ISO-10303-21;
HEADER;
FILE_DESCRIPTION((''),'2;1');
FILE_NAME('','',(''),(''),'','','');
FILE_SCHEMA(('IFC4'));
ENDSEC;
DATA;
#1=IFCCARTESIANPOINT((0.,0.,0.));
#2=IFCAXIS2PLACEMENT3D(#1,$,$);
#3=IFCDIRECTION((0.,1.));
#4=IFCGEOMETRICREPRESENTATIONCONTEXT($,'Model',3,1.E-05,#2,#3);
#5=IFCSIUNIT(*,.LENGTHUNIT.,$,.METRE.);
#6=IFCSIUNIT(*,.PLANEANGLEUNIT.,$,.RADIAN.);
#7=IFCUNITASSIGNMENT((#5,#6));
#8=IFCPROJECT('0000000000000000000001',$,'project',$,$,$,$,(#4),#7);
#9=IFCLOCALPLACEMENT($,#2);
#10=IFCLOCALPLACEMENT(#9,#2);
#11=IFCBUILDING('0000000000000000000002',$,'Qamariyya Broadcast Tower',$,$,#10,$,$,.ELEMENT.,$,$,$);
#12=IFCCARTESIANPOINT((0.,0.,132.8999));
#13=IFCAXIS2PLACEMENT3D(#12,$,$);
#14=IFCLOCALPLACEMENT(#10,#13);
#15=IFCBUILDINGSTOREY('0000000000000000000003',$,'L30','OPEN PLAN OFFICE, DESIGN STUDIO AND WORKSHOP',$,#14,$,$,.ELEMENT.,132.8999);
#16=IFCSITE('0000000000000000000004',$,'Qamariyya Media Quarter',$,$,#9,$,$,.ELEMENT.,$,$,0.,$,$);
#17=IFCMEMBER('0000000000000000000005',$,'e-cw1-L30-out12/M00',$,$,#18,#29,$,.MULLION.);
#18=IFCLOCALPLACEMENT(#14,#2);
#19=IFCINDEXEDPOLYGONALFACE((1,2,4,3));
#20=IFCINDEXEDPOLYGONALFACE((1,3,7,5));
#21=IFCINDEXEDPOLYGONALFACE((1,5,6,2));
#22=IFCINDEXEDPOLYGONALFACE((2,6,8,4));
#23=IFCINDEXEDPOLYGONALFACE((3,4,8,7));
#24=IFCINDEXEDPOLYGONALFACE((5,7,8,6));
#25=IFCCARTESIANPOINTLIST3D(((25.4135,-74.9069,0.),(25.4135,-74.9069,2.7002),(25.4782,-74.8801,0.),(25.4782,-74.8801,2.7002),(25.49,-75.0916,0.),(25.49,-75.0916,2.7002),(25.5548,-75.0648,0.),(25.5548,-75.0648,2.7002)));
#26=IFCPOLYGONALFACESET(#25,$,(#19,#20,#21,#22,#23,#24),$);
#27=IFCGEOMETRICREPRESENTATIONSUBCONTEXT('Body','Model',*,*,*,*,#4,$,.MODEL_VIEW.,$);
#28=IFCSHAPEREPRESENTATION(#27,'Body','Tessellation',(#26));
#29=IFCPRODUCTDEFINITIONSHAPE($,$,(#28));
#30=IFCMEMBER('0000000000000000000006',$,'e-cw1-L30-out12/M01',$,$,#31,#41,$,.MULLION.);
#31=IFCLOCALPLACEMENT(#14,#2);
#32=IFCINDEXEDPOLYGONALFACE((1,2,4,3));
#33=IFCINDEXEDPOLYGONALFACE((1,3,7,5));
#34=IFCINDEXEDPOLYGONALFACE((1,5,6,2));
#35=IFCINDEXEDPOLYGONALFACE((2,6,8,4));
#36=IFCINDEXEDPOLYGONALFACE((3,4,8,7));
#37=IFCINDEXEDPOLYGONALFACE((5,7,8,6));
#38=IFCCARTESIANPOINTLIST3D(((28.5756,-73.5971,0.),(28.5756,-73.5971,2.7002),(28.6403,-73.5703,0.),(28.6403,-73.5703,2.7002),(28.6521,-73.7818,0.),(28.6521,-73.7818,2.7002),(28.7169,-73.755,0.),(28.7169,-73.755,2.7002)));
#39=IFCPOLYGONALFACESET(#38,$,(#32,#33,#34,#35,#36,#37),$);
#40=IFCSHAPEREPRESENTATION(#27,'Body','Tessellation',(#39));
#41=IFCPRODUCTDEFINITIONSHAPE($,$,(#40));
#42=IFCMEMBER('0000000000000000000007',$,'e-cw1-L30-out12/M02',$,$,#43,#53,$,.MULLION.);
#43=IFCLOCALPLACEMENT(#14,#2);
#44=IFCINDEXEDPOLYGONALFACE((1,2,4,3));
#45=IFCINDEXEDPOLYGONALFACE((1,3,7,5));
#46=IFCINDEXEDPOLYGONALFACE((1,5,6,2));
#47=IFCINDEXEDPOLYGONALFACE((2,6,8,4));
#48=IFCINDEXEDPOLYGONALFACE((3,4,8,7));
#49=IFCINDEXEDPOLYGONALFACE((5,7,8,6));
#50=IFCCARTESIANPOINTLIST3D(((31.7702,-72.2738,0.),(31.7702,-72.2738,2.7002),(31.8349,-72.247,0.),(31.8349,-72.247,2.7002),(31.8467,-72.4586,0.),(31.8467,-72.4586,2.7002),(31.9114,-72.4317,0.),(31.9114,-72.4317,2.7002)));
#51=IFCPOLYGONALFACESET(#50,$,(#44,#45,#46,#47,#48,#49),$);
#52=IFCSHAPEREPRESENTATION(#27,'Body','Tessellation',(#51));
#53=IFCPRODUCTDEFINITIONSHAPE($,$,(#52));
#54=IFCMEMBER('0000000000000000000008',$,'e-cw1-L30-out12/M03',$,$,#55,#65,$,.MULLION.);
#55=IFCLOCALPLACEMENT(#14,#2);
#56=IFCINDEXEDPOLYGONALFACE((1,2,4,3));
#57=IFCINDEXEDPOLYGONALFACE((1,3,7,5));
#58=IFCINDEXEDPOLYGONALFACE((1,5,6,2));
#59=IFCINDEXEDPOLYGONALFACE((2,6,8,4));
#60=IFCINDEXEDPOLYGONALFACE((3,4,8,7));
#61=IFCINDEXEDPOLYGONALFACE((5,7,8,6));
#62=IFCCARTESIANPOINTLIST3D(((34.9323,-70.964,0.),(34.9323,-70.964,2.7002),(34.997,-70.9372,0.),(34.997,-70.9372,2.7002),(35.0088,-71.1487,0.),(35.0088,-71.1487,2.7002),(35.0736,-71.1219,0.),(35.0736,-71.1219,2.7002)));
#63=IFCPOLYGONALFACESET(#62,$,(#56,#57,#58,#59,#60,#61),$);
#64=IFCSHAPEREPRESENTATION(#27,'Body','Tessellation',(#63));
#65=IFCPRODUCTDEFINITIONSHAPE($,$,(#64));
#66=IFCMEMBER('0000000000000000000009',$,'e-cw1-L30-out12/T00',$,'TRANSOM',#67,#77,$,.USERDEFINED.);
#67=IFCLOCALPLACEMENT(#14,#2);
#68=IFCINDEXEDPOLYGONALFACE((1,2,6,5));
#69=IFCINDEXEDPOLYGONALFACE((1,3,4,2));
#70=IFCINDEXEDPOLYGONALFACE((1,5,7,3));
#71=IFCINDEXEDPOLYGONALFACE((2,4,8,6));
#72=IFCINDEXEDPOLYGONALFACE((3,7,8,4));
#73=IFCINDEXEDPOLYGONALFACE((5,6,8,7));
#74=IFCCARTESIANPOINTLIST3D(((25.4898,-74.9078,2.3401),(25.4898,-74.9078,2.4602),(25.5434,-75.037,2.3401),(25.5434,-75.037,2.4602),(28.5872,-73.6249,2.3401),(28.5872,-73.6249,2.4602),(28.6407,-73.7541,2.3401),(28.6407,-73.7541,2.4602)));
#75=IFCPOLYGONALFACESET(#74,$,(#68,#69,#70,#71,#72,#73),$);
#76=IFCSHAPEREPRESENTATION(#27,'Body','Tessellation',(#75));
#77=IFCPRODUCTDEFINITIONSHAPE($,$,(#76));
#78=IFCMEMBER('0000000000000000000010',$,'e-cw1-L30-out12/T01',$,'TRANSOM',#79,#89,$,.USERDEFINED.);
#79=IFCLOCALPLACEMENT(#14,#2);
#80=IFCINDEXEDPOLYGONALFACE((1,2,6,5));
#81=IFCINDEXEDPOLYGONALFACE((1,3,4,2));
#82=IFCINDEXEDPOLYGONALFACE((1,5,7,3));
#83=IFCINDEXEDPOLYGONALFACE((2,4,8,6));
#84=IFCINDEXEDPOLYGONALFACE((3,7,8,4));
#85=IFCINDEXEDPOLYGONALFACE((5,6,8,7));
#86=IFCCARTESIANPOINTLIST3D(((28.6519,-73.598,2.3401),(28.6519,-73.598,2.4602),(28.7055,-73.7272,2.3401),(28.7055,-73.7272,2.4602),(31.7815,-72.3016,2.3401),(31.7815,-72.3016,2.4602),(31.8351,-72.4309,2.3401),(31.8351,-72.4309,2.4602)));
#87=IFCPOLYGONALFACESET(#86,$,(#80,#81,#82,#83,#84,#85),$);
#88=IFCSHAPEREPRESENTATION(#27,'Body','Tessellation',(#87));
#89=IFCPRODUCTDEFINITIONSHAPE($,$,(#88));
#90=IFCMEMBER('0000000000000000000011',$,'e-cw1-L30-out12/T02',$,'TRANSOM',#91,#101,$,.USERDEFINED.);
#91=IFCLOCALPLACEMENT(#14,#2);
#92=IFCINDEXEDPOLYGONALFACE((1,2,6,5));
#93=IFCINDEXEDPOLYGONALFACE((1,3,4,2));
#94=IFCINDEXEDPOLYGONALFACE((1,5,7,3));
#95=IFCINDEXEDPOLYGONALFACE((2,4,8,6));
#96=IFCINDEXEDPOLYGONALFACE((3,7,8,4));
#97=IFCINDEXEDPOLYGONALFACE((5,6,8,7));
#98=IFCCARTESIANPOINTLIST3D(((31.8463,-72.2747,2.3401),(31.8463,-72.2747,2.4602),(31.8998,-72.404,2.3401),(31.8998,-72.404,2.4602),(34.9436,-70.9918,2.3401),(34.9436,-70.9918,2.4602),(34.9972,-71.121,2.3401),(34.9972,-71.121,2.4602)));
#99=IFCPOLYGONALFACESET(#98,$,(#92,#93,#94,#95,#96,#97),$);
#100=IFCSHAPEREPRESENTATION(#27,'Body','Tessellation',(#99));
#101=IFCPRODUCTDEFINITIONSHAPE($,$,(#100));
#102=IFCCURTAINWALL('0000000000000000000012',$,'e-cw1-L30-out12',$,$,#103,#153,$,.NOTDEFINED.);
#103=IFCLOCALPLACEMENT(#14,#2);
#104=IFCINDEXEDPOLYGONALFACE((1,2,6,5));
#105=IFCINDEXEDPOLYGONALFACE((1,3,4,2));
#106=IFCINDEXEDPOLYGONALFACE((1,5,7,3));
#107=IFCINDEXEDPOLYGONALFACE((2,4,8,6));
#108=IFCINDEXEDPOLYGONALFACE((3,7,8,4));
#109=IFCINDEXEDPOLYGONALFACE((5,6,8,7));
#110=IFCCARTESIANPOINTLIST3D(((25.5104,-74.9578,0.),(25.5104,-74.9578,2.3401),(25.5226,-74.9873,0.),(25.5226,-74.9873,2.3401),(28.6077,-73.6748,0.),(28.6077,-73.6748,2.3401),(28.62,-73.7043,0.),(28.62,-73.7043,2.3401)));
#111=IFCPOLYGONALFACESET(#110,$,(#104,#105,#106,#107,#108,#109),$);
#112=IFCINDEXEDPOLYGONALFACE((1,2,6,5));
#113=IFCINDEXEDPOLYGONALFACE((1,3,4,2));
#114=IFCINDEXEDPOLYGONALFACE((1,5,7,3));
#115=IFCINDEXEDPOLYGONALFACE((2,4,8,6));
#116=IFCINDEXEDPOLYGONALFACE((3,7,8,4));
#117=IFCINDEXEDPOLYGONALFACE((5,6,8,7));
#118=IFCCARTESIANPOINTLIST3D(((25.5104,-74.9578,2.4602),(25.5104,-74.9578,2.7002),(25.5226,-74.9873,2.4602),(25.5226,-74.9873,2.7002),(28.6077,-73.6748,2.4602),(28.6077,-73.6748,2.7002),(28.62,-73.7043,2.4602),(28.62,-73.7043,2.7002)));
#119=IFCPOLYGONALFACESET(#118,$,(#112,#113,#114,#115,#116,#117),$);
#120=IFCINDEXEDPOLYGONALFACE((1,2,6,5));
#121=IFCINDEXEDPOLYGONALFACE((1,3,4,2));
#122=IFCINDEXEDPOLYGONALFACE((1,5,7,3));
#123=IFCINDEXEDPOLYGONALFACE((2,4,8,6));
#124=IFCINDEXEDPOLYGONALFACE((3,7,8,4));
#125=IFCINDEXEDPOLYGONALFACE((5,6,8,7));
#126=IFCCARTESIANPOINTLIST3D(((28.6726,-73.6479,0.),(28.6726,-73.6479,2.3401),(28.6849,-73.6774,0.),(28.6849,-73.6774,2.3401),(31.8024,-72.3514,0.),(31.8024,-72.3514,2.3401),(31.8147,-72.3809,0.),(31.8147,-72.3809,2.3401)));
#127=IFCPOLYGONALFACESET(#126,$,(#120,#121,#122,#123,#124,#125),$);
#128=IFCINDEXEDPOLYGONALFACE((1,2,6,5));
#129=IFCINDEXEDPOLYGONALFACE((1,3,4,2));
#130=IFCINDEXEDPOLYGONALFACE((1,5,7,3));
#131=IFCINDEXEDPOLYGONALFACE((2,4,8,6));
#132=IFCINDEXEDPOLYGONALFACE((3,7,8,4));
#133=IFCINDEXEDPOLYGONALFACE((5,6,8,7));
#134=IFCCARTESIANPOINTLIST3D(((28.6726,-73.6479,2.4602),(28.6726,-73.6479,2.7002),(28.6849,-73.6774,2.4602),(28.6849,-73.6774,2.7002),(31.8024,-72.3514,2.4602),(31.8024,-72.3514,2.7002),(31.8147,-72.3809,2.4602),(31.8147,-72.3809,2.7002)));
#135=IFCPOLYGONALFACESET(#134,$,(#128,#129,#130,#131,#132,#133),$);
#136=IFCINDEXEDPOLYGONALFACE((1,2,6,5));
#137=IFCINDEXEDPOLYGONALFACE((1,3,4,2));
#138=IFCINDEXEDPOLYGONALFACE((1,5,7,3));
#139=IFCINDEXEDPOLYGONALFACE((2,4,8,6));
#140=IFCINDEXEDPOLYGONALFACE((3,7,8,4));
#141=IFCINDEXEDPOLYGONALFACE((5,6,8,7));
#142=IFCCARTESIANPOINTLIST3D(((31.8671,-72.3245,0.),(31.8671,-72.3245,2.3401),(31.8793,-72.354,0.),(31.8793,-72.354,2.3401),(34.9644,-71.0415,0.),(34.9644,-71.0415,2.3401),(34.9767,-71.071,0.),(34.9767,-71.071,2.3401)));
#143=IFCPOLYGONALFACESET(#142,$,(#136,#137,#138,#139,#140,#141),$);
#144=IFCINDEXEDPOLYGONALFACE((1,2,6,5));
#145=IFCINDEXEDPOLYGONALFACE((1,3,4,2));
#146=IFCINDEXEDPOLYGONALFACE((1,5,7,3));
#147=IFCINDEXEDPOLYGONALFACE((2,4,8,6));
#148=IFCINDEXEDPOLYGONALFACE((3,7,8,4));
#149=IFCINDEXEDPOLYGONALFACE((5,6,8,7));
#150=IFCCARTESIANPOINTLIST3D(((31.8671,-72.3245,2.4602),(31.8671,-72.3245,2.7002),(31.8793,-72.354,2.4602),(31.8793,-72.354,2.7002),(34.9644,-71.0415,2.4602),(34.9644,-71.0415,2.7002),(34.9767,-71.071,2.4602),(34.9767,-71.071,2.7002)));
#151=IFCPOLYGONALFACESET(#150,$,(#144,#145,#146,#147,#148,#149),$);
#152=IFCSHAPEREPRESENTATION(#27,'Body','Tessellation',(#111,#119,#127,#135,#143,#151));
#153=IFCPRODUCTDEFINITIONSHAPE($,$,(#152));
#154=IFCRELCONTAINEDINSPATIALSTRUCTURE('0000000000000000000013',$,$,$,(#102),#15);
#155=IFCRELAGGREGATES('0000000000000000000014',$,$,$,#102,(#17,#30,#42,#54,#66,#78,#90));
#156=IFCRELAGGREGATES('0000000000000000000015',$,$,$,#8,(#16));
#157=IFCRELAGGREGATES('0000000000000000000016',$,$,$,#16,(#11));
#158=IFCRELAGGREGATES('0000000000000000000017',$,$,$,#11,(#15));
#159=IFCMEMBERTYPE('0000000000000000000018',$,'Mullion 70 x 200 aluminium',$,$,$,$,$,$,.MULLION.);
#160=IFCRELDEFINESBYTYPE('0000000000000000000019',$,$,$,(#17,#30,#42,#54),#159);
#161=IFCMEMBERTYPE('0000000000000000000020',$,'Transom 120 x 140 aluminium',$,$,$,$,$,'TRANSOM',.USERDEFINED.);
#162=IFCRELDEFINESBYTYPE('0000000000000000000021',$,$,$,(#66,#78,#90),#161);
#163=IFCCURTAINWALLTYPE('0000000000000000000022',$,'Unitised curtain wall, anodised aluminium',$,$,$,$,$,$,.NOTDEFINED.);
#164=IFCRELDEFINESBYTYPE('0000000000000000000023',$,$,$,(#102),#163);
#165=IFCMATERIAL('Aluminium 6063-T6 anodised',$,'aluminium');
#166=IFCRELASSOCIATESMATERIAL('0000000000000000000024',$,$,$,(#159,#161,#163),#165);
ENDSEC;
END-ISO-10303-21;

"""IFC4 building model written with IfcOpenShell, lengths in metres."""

from ifc_helpers import new_model, si_unit, direction, frame, origin, origin_2d, place, context, subcontext, project, spatial, rectangle, extrude, material, material_profile, profile_set, type_object, element, aggregate, save


model = new_model("IFC4")

# Units and contexts
model_context = context("Model", 3, precision=1e-05, world=origin(), true_north=direction((0.0, 1.0)))
body_context = subcontext(model_context, "Body", "Model", "MODEL_VIEW")
ifc_project = project(units=[si_unit("LENGTHUNIT", "METRE"), si_unit("PLANEANGLEUNIT", "RADIAN")], contexts=[model_context])

# Members
ifc_material = material(Name="Aluminium 6063-T6 anodised", Category="aluminium")
ifc_material_profile_1 = material_profile(ifc_material, rectangle(XDim=0.2, YDim=0.0701, at=origin_2d()))
ifc_profile_set_1 = profile_set([ifc_material_profile_1], Name="Aluminium 6063-T6 anodised")
member_type_1 = type_object("IfcMemberType", Name="Mullion 70 x 200 aluminium", PredefinedType="MULLION", material=ifc_profile_set_1)
site_placement = place(None, origin())
building_placement = place(site_placement, origin())
storey_placement = place(building_placement, frame((0.0, 0.0, 132.8999)))
member_1_placement = place(storey_placement, frame((25.4841, -74.9858, 0.0), z_axis=(0.0, 0.0, 1.0), x_axis=(-0.382683, 0.92388, 0.0)))
member_1 = element("IfcMember", 1, at=member_1_placement, type_object=member_type_1, Name="e-cw1-L30-out12/M00", PredefinedType="MULLION", context=body_context, shape_type="SweptSolid", body=[
    extrude(rectangle(XDim=0.2, YDim=0.0701, at=origin_2d()), origin(), (0.0, 0.0, 1.0), 2.7002),
])
member_2_placement = place(storey_placement, frame((28.6462, -73.676, 0.0), z_axis=(0.0, 0.0, 1.0), x_axis=(-0.382683, 0.92388, 0.0)))
member_2 = element("IfcMember", 2, at=member_2_placement, type_object=member_type_1, Name="e-cw1-L30-out12/M01", PredefinedType="MULLION", context=body_context, shape_type="SweptSolid", body=[
    extrude(rectangle(XDim=0.2, YDim=0.0701, at=origin_2d()), origin(), (0.0, 0.0, 1.0), 2.7002),
])
member_3_placement = place(storey_placement, frame((31.8408, -72.3528, 0.0), z_axis=(0.0, 0.0, 1.0), x_axis=(-0.382683, 0.92388, 0.0)))
member_3 = element("IfcMember", 3, at=member_3_placement, type_object=member_type_1, Name="e-cw1-L30-out12/M02", PredefinedType="MULLION", context=body_context, shape_type="SweptSolid", body=[
    extrude(rectangle(XDim=0.2, YDim=0.0701, at=origin_2d()), origin(), (0.0, 0.0, 1.0), 2.7002),
])
member_4_placement = place(storey_placement, frame((35.0029, -71.043, 0.0), z_axis=(0.0, 0.0, 1.0), x_axis=(-0.382683, 0.92388, 0.0)))
member_4 = element("IfcMember", 4, at=member_4_placement, type_object=member_type_1, Name="e-cw1-L30-out12/M03", PredefinedType="MULLION", context=body_context, shape_type="SweptSolid", body=[
    extrude(rectangle(XDim=0.2, YDim=0.0701, at=origin_2d()), origin(), (0.0, 0.0, 1.0), 2.7002),
])
ifc_material_profile_2 = material_profile(ifc_material, rectangle(XDim=0.1399, YDim=0.1201, at=origin_2d()))
ifc_profile_set_2 = profile_set([ifc_material_profile_2], Name="Aluminium 6063-T6 anodised")
member_type_2 = type_object("IfcMemberType", Name="Transom 120 x 140 aluminium", ElementType="TRANSOM", PredefinedType="USERDEFINED", material=ifc_profile_set_2)
member_5_placement = place(storey_placement, frame((25.5166, -74.9724, 2.4001), z_axis=(0.923883, 0.382676, 0.0), x_axis=(-0.382676, 0.923883, 0.0)))
member_5 = element("IfcMember", 5, at=member_5_placement, type_object=member_type_2, Name="e-cw1-L30-out12/T00", ObjectType="TRANSOM", PredefinedType="USERDEFINED", context=body_context, shape_type="SweptSolid", body=[
    extrude(rectangle(XDim=0.1399, YDim=0.1201, at=origin_2d()), origin(), (0.0, 0.0, 1.0), 3.3525),
])
member_6_placement = place(storey_placement, frame((28.6787, -73.6626, 2.4001), z_axis=(0.923875, 0.382696, 0.0), x_axis=(-0.382696, 0.923875, 0.0)))
member_6 = element("IfcMember", 6, at=member_6_placement, type_object=member_type_2, Name="e-cw1-L30-out12/T01", ObjectType="TRANSOM", PredefinedType="USERDEFINED", context=body_context, shape_type="SweptSolid", body=[
    extrude(rectangle(XDim=0.1399, YDim=0.1201, at=origin_2d()), origin(), (0.0, 0.0, 1.0), 3.3875),
])
member_7_placement = place(storey_placement, frame((31.873, -72.3394, 2.4001), z_axis=(0.923883, 0.382676, 0.0), x_axis=(-0.382676, 0.923883, 0.0)))
member_7 = element("IfcMember", 7, at=member_7_placement, type_object=member_type_2, Name="e-cw1-L30-out12/T02", ObjectType="TRANSOM", PredefinedType="USERDEFINED", context=body_context, shape_type="SweptSolid", body=[
    extrude(rectangle(XDim=0.1399, YDim=0.1201, at=origin_2d()), origin(), (0.0, 0.0, 1.0), 3.3525),
])

# Site, building, storey
site = spatial("IfcSite", under=ifc_project, at=site_placement, Name="Qamariyya Media Quarter", CompositionType="ELEMENT", RefElevation=0.0)
building = spatial("IfcBuilding", under=site, at=building_placement, Name="Qamariyya Broadcast Tower", CompositionType="ELEMENT")
storey = spatial("IfcBuildingStorey", under=building, at=storey_placement, Name="L30", Description="OPEN PLAN OFFICE, DESIGN STUDIO AND WORKSHOP", CompositionType="ELEMENT", Elevation=132.8999)

# Curtain wall
curtain_wall_type = type_object("IfcCurtainWallType", Name="Unitised curtain wall, anodised aluminium", PredefinedType="NOTDEFINED", material=ifc_material)
curtain_wall_1_placement = place(storey_placement, origin())
curtain_wall_1 = element("IfcCurtainWall", 8, at=curtain_wall_1_placement, inside=storey, type_object=curtain_wall_type, Name="e-cw1-L30-out12", PredefinedType="NOTDEFINED", context=body_context, shape_type="SweptSolid", body=[
    extrude(rectangle(XDim=3.3525, YDim=0.032, at=origin_2d()), frame((27.0652, -74.3311, 0.0), x_axis=(0.923872, 0.382701, 0.0)), (0.0, 0.0, 1.0), 2.3401),
    extrude(rectangle(XDim=3.3525, YDim=0.032, at=origin_2d()), frame((27.0652, -74.3311, 2.4602), x_axis=(0.923872, 0.382701, 0.0)), (0.0, 0.0, 1.0), 0.24),
    extrude(rectangle(XDim=3.3877, YDim=0.032, at=origin_2d()), frame((30.2437, -73.0144, 0.0), x_axis=(0.923872, 0.382701, 0.0)), (0.0, 0.0, 1.0), 2.3401),
    extrude(rectangle(XDim=3.3877, YDim=0.032, at=origin_2d()), frame((30.2437, -73.0144, 2.4602), x_axis=(0.923872, 0.382701, 0.0)), (0.0, 0.0, 1.0), 0.24),
    extrude(rectangle(XDim=3.3525, YDim=0.032, at=origin_2d()), frame((33.4219, -71.6978, 0.0), x_axis=(0.923872, 0.382701, 0.0)), (0.0, 0.0, 1.0), 2.3401),
    extrude(rectangle(XDim=3.3525, YDim=0.032, at=origin_2d()), frame((33.4219, -71.6978, 2.4602), x_axis=(0.923872, 0.382701, 0.0)), (0.0, 0.0, 1.0), 0.24),
])
aggregate(curtain_wall_1, [member_1, member_2, member_3, member_4, member_5, member_6, member_7])

save(model, "model.ifc")
